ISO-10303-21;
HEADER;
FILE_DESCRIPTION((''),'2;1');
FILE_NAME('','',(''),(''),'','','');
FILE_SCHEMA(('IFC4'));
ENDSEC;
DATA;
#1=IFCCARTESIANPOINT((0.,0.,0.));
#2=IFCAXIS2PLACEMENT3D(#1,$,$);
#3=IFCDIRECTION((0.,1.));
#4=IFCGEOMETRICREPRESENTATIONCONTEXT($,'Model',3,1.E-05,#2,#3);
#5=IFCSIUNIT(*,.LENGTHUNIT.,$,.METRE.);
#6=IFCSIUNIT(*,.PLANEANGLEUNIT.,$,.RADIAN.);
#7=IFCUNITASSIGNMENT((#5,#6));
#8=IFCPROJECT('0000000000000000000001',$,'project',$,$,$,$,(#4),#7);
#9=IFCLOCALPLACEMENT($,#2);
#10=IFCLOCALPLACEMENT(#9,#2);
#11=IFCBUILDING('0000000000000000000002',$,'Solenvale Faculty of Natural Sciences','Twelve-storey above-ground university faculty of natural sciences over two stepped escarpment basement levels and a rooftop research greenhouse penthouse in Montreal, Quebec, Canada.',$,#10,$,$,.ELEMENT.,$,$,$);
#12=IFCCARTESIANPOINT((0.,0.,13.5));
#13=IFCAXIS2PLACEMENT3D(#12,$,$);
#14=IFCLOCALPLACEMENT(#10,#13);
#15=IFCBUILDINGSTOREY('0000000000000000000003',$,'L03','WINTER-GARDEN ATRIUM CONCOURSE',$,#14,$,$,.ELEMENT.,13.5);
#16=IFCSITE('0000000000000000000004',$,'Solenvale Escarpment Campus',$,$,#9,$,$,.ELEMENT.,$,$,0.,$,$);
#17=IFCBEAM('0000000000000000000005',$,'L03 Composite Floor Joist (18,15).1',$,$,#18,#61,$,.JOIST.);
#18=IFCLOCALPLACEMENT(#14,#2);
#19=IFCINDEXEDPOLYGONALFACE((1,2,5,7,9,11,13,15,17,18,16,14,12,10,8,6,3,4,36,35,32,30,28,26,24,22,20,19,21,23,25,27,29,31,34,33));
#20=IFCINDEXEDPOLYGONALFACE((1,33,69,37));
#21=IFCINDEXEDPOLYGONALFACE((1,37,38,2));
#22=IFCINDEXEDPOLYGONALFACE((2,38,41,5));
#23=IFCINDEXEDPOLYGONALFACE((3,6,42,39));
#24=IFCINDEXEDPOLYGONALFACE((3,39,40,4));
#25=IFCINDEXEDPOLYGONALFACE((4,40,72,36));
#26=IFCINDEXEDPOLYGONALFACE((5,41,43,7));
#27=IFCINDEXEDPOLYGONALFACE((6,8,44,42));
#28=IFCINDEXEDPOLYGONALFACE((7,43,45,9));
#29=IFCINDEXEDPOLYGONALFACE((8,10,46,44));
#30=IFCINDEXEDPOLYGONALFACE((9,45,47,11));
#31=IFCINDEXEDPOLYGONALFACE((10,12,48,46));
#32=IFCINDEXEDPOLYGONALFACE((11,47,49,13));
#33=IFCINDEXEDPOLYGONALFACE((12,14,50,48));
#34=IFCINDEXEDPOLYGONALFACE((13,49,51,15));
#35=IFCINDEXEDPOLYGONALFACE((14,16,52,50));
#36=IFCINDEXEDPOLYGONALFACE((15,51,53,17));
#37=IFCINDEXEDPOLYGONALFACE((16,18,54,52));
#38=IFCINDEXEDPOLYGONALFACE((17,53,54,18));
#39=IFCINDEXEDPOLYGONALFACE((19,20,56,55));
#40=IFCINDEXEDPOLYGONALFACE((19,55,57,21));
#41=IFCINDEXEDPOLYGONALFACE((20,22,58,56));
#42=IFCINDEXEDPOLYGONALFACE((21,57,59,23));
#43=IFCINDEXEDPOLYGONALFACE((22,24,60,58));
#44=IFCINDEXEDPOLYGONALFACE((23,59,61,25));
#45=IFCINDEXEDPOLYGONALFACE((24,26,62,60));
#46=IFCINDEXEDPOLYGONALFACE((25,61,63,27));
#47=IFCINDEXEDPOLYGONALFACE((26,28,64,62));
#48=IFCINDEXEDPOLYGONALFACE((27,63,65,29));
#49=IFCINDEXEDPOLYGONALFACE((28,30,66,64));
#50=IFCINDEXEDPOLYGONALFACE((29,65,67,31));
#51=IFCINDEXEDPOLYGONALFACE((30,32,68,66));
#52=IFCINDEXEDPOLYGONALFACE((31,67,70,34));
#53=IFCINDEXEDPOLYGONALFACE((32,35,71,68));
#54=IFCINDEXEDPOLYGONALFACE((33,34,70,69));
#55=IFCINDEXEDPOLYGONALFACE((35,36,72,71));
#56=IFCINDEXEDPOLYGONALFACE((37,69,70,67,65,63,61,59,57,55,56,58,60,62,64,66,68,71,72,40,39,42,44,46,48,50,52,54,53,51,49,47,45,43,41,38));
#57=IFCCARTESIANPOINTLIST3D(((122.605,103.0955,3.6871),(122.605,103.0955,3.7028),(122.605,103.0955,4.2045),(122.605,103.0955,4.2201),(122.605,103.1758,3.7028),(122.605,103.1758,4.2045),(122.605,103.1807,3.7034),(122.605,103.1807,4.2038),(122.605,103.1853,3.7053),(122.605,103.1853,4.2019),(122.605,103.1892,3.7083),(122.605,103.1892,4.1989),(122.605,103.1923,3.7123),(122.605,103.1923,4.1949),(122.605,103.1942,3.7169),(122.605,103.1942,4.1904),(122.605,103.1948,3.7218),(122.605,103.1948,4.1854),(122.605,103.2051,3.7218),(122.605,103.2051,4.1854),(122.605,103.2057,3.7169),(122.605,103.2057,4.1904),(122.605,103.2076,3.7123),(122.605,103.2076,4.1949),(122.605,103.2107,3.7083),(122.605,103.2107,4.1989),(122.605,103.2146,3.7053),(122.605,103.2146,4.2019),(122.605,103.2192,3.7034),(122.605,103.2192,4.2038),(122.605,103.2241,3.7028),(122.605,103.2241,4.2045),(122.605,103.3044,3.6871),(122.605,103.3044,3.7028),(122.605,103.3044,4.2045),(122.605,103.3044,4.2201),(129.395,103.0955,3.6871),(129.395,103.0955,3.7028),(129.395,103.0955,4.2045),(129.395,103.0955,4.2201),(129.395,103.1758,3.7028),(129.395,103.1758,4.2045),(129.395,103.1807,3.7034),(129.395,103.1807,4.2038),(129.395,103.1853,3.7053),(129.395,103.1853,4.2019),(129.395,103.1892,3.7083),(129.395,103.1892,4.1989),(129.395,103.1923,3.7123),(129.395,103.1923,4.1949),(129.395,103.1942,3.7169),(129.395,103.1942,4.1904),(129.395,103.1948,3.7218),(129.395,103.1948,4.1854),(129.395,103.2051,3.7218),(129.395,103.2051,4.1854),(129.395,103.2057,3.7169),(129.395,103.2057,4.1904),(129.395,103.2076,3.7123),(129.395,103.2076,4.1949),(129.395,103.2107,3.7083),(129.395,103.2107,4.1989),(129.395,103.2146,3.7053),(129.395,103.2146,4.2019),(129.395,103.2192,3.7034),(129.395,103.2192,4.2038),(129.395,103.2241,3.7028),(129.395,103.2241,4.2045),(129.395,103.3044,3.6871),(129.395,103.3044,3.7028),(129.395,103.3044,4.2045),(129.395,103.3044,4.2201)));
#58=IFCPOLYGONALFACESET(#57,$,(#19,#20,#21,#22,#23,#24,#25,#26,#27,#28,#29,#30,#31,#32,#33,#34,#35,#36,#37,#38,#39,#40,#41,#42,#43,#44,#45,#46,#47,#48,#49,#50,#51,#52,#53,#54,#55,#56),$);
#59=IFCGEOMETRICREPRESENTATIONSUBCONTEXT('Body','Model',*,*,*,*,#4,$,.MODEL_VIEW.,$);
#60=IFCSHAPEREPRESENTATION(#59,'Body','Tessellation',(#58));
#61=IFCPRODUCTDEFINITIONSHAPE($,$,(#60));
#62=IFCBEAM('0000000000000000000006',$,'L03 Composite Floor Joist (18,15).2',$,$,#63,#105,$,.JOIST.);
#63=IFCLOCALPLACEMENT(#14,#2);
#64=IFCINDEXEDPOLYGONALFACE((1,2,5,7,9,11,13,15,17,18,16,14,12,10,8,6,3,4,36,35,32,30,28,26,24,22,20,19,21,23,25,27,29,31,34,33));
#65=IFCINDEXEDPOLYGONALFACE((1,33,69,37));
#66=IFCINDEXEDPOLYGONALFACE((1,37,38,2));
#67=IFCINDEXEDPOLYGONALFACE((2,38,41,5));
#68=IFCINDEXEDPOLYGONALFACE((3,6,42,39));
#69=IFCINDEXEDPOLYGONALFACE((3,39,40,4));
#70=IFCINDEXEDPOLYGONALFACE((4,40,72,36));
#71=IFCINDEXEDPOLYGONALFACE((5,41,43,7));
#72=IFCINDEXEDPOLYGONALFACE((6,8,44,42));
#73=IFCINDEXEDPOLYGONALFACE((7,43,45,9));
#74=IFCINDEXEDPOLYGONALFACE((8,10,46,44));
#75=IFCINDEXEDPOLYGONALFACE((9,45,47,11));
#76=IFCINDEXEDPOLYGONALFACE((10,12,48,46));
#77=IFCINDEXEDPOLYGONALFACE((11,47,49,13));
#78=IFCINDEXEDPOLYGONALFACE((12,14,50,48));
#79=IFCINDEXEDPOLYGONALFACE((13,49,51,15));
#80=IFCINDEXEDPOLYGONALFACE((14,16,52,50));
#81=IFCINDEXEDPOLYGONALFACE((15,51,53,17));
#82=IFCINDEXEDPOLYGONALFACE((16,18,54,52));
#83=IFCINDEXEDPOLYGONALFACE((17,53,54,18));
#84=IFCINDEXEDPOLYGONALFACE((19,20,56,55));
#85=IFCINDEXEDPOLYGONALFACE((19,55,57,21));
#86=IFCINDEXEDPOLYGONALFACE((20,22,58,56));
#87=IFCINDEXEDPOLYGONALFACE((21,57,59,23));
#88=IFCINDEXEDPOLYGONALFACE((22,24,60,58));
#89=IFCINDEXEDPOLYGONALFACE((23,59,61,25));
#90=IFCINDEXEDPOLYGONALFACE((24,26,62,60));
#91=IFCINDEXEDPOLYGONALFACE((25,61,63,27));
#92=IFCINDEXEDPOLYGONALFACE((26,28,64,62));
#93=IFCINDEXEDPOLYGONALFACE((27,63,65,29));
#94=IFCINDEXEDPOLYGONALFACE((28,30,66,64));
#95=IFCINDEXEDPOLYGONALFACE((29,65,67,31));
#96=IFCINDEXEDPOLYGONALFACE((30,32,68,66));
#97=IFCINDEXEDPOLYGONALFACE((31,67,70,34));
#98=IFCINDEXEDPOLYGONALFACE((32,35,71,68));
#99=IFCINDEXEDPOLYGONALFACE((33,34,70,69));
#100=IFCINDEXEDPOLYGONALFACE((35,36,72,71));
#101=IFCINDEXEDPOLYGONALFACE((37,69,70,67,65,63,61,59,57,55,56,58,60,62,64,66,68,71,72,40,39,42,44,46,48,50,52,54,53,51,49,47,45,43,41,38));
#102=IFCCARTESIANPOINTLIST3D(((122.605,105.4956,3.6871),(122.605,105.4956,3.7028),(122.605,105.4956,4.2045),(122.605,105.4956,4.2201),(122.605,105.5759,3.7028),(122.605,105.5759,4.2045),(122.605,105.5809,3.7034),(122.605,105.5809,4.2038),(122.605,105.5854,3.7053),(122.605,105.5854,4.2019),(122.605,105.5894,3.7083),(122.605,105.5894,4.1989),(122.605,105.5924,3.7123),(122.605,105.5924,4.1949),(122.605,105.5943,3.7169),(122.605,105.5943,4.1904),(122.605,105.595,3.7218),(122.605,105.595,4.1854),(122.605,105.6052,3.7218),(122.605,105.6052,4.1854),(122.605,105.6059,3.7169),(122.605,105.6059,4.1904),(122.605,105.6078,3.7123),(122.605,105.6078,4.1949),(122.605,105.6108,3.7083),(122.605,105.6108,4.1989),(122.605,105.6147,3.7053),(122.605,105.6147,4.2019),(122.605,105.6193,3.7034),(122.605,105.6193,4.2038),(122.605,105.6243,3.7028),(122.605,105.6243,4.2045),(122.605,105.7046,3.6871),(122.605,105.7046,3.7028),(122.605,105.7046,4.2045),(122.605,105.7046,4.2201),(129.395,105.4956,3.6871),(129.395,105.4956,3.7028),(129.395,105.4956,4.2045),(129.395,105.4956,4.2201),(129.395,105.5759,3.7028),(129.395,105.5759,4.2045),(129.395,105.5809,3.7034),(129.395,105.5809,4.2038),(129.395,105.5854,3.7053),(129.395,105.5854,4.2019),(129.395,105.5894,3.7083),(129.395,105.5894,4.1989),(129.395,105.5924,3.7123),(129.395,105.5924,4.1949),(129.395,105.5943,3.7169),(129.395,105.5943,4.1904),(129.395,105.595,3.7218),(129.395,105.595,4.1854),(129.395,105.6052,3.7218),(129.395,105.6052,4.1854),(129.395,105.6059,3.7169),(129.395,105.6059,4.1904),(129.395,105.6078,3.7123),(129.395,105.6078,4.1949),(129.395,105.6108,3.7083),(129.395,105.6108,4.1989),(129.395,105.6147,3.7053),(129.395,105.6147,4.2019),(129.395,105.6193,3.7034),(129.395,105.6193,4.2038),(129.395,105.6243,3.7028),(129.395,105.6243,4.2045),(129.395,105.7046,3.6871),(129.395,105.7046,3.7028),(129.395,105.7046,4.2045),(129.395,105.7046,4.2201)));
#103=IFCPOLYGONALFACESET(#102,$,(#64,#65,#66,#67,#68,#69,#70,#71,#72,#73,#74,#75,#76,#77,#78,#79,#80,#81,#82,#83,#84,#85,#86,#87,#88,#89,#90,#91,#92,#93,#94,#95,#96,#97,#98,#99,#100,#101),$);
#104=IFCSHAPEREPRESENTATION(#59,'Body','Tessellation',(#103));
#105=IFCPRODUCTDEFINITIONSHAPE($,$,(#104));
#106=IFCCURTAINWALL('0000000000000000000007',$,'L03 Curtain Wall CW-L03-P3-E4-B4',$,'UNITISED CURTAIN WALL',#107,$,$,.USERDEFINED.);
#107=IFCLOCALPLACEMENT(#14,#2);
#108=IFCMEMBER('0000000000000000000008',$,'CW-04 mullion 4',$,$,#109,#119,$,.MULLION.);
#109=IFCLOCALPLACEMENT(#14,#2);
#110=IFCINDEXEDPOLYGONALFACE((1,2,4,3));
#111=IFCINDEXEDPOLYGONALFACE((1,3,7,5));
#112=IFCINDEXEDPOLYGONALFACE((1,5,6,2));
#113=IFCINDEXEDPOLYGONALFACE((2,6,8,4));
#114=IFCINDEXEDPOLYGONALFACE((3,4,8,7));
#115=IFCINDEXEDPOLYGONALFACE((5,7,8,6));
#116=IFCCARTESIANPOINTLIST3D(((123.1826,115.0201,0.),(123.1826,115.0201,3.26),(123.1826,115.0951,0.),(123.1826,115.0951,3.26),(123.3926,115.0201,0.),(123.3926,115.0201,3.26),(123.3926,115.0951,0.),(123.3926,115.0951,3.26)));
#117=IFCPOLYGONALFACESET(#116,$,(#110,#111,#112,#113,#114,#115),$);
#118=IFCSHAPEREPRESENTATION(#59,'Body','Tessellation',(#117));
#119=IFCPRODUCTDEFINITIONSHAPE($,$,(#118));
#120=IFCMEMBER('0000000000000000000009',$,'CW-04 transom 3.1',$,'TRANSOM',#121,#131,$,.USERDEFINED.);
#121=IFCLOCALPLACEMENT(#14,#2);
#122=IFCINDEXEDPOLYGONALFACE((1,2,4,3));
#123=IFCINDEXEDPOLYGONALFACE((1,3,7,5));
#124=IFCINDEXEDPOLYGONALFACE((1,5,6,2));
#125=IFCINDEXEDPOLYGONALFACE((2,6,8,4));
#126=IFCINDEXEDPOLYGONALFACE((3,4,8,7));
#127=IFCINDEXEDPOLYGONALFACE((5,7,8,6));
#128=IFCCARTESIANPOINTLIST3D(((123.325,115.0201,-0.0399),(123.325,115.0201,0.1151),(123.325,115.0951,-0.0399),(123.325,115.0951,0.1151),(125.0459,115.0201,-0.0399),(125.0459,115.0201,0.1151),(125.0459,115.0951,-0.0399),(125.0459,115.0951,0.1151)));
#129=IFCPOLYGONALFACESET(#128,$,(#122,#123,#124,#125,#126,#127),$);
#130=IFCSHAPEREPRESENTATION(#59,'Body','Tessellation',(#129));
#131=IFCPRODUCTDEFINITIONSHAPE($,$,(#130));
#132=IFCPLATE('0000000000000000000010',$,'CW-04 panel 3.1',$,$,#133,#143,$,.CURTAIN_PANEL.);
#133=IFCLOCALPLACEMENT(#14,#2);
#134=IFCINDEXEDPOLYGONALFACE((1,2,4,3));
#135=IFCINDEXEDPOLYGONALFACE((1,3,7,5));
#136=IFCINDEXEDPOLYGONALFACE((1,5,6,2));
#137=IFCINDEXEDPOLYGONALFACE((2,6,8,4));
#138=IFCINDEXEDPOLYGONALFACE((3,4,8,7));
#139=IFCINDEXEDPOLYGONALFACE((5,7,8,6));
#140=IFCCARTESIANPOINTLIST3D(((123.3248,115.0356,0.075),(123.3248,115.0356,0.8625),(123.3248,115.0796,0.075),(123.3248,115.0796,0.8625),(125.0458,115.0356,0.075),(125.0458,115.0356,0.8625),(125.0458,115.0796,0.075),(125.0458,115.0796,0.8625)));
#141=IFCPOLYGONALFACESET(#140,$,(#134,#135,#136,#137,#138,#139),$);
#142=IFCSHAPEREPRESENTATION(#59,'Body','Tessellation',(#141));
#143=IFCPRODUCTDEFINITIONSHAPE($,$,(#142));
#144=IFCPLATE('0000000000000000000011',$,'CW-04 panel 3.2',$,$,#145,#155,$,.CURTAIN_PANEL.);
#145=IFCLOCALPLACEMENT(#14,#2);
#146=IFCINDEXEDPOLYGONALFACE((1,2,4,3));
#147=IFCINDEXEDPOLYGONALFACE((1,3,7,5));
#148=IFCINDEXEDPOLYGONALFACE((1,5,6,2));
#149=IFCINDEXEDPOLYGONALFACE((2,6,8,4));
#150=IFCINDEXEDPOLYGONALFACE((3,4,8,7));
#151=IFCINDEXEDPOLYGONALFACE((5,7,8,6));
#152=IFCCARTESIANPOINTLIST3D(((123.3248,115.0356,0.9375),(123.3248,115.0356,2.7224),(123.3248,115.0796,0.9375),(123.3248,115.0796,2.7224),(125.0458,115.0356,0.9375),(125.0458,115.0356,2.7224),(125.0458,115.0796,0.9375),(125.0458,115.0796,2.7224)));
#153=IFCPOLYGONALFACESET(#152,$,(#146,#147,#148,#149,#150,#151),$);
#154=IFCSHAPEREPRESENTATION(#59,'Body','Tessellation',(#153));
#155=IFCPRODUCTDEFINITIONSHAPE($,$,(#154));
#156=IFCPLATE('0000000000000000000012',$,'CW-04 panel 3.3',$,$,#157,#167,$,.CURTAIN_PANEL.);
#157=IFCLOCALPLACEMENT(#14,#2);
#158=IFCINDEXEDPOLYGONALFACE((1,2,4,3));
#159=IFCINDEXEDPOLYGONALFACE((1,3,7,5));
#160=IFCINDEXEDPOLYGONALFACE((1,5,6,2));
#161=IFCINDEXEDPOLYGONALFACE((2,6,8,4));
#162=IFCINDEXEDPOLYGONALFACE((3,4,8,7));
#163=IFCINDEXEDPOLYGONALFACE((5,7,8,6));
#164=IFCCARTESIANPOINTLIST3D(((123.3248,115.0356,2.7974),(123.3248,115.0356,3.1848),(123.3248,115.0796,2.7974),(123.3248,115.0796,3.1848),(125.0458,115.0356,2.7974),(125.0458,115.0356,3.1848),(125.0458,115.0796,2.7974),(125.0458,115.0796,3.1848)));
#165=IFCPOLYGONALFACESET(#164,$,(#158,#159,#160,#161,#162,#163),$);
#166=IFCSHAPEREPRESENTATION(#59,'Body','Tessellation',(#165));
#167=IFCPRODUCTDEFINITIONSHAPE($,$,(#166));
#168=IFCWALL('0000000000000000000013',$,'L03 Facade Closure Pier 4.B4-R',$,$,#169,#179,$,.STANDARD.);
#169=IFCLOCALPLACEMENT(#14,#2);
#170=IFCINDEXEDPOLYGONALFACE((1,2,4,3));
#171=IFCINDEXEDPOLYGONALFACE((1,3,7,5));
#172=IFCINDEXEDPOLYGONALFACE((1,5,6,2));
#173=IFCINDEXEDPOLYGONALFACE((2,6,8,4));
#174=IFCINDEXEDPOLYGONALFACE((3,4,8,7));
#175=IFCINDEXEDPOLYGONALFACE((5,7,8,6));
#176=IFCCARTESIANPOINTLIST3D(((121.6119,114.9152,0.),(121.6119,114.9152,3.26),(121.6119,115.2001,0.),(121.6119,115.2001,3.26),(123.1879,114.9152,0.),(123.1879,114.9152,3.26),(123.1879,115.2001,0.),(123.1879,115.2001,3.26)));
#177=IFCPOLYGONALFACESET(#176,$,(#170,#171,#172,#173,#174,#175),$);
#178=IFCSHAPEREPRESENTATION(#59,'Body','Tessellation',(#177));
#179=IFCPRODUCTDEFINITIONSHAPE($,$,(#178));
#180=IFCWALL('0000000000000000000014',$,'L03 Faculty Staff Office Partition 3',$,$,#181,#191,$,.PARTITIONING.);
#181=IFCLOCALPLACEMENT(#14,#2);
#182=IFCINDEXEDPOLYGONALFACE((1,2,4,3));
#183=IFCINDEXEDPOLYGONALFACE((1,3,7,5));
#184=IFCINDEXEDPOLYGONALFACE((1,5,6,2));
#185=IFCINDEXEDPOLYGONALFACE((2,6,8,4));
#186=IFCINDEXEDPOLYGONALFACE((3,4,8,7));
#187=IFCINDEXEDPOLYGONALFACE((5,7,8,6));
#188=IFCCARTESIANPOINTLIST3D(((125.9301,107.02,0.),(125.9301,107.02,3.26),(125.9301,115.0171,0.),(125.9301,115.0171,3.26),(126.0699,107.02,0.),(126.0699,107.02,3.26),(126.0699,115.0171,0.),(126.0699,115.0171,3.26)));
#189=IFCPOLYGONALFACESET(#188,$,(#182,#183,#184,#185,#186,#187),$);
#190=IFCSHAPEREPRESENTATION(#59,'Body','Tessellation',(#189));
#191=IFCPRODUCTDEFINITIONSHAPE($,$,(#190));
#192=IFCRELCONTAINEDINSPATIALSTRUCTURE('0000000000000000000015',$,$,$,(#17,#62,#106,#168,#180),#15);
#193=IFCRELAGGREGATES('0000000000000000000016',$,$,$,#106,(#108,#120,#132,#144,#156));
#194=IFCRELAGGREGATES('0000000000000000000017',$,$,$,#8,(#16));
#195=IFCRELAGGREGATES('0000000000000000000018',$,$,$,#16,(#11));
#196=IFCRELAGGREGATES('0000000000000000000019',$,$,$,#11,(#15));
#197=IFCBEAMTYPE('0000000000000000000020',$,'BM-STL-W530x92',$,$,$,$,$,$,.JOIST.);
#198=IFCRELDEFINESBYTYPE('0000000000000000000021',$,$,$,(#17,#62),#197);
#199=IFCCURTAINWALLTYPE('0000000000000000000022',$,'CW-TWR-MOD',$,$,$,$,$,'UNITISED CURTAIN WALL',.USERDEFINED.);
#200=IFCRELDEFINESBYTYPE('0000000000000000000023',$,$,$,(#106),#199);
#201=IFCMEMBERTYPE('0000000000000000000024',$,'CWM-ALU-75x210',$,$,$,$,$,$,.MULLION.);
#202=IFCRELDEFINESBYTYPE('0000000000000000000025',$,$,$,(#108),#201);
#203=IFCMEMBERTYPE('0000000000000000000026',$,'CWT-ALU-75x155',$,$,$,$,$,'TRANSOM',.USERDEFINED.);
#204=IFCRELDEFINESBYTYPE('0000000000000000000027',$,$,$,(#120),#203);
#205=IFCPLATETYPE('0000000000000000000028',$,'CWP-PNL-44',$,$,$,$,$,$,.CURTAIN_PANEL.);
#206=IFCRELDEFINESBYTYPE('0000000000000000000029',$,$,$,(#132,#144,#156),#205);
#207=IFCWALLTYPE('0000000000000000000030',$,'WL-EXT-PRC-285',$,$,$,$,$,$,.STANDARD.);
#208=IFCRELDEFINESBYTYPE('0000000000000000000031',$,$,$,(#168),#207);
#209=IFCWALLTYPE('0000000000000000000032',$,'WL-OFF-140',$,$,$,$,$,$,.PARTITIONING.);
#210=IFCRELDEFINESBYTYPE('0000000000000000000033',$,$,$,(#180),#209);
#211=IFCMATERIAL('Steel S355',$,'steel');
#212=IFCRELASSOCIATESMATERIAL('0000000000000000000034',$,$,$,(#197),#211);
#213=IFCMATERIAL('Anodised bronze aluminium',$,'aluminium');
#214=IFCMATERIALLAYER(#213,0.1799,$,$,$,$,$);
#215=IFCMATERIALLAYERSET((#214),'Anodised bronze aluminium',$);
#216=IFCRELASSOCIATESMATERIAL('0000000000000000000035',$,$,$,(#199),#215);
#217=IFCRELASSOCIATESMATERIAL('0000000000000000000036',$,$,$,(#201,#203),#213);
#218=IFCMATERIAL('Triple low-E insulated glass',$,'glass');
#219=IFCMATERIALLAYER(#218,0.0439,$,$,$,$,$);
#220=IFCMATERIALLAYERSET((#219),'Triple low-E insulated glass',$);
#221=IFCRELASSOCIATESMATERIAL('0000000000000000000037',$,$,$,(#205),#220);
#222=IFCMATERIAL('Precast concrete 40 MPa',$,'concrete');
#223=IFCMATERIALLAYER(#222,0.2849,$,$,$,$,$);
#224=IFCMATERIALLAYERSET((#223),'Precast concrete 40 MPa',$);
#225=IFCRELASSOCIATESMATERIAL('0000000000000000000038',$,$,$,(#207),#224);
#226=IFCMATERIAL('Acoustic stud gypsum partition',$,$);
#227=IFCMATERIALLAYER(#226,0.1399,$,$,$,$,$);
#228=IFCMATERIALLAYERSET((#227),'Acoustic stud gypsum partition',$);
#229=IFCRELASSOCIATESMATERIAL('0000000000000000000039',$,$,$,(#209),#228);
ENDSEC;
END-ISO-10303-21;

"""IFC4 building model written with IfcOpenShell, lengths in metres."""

from ifc_helpers import new_model, si_unit, direction, frame, frame_2d, origin, origin_2d, place, context, subcontext, project, spatial, rectangle, i_section, extrude, material, layer, layer_set, material_profile, profile_set, type_object, element, aggregate, save


model = new_model("IFC4")

# Units and contexts
model_context = context("Model", 3, precision=1e-05, world=origin(), true_north=direction((0.0, 1.0)))
body_context = subcontext(model_context, "Body", "Model", "MODEL_VIEW")
ifc_project = project(units=[si_unit("LENGTHUNIT", "METRE"), si_unit("PLANEANGLEUNIT", "RADIAN")], contexts=[model_context])

# Site, building, storey
site_placement = place(None, origin())
site = spatial("IfcSite", under=ifc_project, at=site_placement, Name="Solenvale Escarpment Campus", CompositionType="ELEMENT", RefElevation=0.0)
building_placement = place(site_placement, origin())
building = spatial("IfcBuilding", under=site, at=building_placement, Name="Solenvale Faculty of Natural Sciences", Description="Twelve-storey above-ground university faculty of natural sciences over two stepped escarpment basement levels and a rooftop research greenhouse penthouse in Montreal, Quebec, Canada.", CompositionType="ELEMENT")
storey_placement = place(building_placement, frame((0.0, 0.0, 13.5)))
storey = spatial("IfcBuildingStorey", under=building, at=storey_placement, Name="L03", Description="WINTER-GARDEN ATRIUM CONCOURSE", CompositionType="ELEMENT", Elevation=13.5)

# Beams
ifc_material_1 = material(Name="Steel S355", Category="steel")
ifc_material_profile_1 = material_profile(ifc_material_1, i_section(OverallWidth=0.209, OverallDepth=0.533, WebThickness=0.0103, FlangeThickness=0.0156, FilletRadius=0.019, at=origin_2d()), Name="W530x92")
ifc_profile_set_1 = profile_set([ifc_material_profile_1], Name="Steel S355")
beam_type_1 = type_object("IfcBeamType", Name="BM-STL-W530x92", PredefinedType="JOIST", material=ifc_profile_set_1)
for number, where, z_axis, x_axis, name in (
    (1, (122.605, 103.2, 3.9536), (1.0, 0.0, 0.0), (0.0, 1.0, 0.0), "L03 Composite Floor Joist (18,15).1"),
    (2, (122.605, 105.6001, 3.9536), (1.0, 0.0, 0.0), (0.0, 1.0, 0.0), "L03 Composite Floor Joist (18,15).2"),
):
    element("IfcBeam", number, at=place(storey_placement, frame(where, z_axis=z_axis, x_axis=x_axis)), inside=storey, type_object=beam_type_1, Name=name, PredefinedType="JOIST", context=body_context, shape_type="SweptSolid", body=[
        extrude(i_section(OverallWidth=0.209, OverallDepth=0.533, WebThickness=0.0103, FlangeThickness=0.0156, FilletRadius=0.019, at=origin_2d()), origin(), (0.0, 0.0, 1.0), 6.79),
    ])

# Curtain wall, members, plates
ifc_material_2 = material(Name="Anodised bronze aluminium", Category="aluminium")
ifc_layer_1 = layer(ifc_material_2, 0.1799)
ifc_layer_set_1 = layer_set([ifc_layer_1], Name="Anodised bronze aluminium")
curtain_wall_type = type_object("IfcCurtainWallType", Name="CW-TWR-MOD", ElementType="UNITISED CURTAIN WALL", PredefinedType="USERDEFINED", material=ifc_layer_set_1)
curtain_wall_placement = place(storey_placement, origin())
curtain_wall = element("IfcCurtainWall", 3, at=curtain_wall_placement, inside=storey, type_object=curtain_wall_type, Name="L03 Curtain Wall CW-L03-P3-E4-B4", ObjectType="UNITISED CURTAIN WALL", PredefinedType="USERDEFINED")
ifc_material_profile_2 = material_profile(ifc_material_2, rectangle(XDim=0.075, YDim=0.21, at=origin_2d()), Name="ALU-MUL-75x210")
ifc_profile_set_2 = profile_set([ifc_material_profile_2], Name="Anodised bronze aluminium")
member_type_1 = type_object("IfcMemberType", Name="CWM-ALU-75x210", PredefinedType="MULLION", material=ifc_profile_set_2)
member_1_placement = place(storey_placement, frame((123.2876, 115.0576, 0.0), z_axis=(0.0, 0.0, 1.0), x_axis=(0.0, -1.0, 0.0)))
member_1 = element("IfcMember", 4, at=member_1_placement, type_object=member_type_1, Name="CW-04 mullion 4", PredefinedType="MULLION", context=body_context, shape_type="SweptSolid", body=[
    extrude(rectangle(XDim=0.075, YDim=0.21, at=origin_2d()), origin(), (0.0, 0.0, 1.0), 3.26),
])
ifc_material_profile_3 = material_profile(ifc_material_2, rectangle(XDim=0.075, YDim=0.155, at=origin_2d()), Name="ALU-TRN-75x155")
ifc_profile_set_3 = profile_set([ifc_material_profile_3], Name="Anodised bronze aluminium")
member_type_2 = type_object("IfcMemberType", Name="CWT-ALU-75x155", ElementType="TRANSOM", PredefinedType="USERDEFINED", material=ifc_profile_set_3)
member_2_placement = place(storey_placement, frame((125.0459, 115.0576, 0.0376), z_axis=(-1.0, 0.0, 0.0), x_axis=(0.0, -1.0, 0.0)))
member_2 = element("IfcMember", 5, at=member_2_placement, type_object=member_type_2, Name="CW-04 transom 3.1", ObjectType="TRANSOM", PredefinedType="USERDEFINED", context=body_context, shape_type="SweptSolid", body=[
    extrude(rectangle(XDim=0.075, YDim=0.155, at=origin_2d()), origin(), (0.0, 0.0, 1.0), 1.7209),
])
ifc_material_3 = material(Name="Triple low-E insulated glass", Category="glass")
ifc_layer_2 = layer(ifc_material_3, 0.0439)
ifc_layer_set_2 = layer_set([ifc_layer_2], Name="Triple low-E insulated glass")
plate_type = type_object("IfcPlateType", Name="CWP-PNL-44", PredefinedType="CURTAIN_PANEL", material=ifc_layer_set_2)
plate_1_placement = place(storey_placement, frame((124.1853, 115.0576, 0.075), z_axis=(0.0, 0.0, 1.0), x_axis=(-1.0, 0.0, 0.0)))
plate_1 = element("IfcPlate", 6, at=plate_1_placement, type_object=plate_type, Name="CW-04 panel 3.1", PredefinedType="CURTAIN_PANEL", context=body_context, shape_type="SweptSolid", body=[
    extrude(rectangle(XDim=1.7209, YDim=0.0439, at=origin_2d()), origin(), (0.0, 0.0, 1.0), 0.7876),
])
plate_2_placement = place(storey_placement, frame((124.1853, 115.0576, 0.9375), z_axis=(0.0, 0.0, 1.0), x_axis=(-1.0, 0.0, 0.0)))
plate_2 = element("IfcPlate", 7, at=plate_2_placement, type_object=plate_type, Name="CW-04 panel 3.2", PredefinedType="CURTAIN_PANEL", context=body_context, shape_type="SweptSolid", body=[
    extrude(rectangle(XDim=1.7209, YDim=0.0439, at=origin_2d()), origin(), (0.0, 0.0, 1.0), 1.7849),
])
plate_3_placement = place(storey_placement, frame((124.1853, 115.0576, 2.7974), z_axis=(0.0, 0.0, 1.0), x_axis=(-1.0, 0.0, 0.0)))
plate_3 = element("IfcPlate", 8, at=plate_3_placement, type_object=plate_type, Name="CW-04 panel 3.3", PredefinedType="CURTAIN_PANEL", context=body_context, shape_type="SweptSolid", body=[
    extrude(rectangle(XDim=1.7209, YDim=0.0439, at=origin_2d()), origin(), (0.0, 0.0, 1.0), 0.3875),
])
aggregate(curtain_wall, [member_1, member_2, plate_1, plate_2, plate_3])

# Wall
ifc_material_4 = material(Name="Precast concrete 40 MPa", Category="concrete")
ifc_layer_3 = layer(ifc_material_4, 0.2849)
ifc_layer_set_3 = layer_set([ifc_layer_3], Name="Precast concrete 40 MPa")
wall_type_1 = type_object("IfcWallType", Name="WL-EXT-PRC-285", PredefinedType="STANDARD", material=ifc_layer_set_3)
wall_1_placement = place(storey_placement, frame((123.188, 115.0576, 0.0), z_axis=(0.0, 0.0, 1.0), x_axis=(-1.0, 0.0, 0.0)))
element("IfcWall", 9, at=wall_1_placement, inside=storey, type_object=wall_type_1, Name="L03 Facade Closure Pier 4.B4-R", PredefinedType="STANDARD", context=body_context, shape_type="SweptSolid", body=[
    extrude(rectangle(XDim=1.5759, YDim=0.2849, at=frame_2d((0.7881, 0.0))), origin(), (0.0, 0.0, 1.0), 3.26),
])

# Wall
ifc_material_5 = material(Name="Acoustic stud gypsum partition")
ifc_layer_4 = layer(ifc_material_5, 0.1399)
ifc_layer_set_4 = layer_set([ifc_layer_4], Name="Acoustic stud gypsum partition")
wall_type_2 = type_object("IfcWallType", Name="WL-OFF-140", PredefinedType="PARTITIONING", material=ifc_layer_set_4)
wall_2_placement = place(storey_placement, frame((126.0, 115.0171, 0.0), z_axis=(0.0, 0.0, 1.0), x_axis=(0.0, -1.0, 0.0)))
element("IfcWall", 10, at=wall_2_placement, inside=storey, type_object=wall_type_2, Name="L03 Faculty Staff Office Partition 3", PredefinedType="PARTITIONING", context=body_context, shape_type="SweptSolid", body=[
    extrude(rectangle(XDim=7.9971, YDim=0.1399, at=frame_2d((3.9985, 0.0))), origin(), (0.0, 0.0, 1.0), 3.26),
])

save(model, "model.ifc")
